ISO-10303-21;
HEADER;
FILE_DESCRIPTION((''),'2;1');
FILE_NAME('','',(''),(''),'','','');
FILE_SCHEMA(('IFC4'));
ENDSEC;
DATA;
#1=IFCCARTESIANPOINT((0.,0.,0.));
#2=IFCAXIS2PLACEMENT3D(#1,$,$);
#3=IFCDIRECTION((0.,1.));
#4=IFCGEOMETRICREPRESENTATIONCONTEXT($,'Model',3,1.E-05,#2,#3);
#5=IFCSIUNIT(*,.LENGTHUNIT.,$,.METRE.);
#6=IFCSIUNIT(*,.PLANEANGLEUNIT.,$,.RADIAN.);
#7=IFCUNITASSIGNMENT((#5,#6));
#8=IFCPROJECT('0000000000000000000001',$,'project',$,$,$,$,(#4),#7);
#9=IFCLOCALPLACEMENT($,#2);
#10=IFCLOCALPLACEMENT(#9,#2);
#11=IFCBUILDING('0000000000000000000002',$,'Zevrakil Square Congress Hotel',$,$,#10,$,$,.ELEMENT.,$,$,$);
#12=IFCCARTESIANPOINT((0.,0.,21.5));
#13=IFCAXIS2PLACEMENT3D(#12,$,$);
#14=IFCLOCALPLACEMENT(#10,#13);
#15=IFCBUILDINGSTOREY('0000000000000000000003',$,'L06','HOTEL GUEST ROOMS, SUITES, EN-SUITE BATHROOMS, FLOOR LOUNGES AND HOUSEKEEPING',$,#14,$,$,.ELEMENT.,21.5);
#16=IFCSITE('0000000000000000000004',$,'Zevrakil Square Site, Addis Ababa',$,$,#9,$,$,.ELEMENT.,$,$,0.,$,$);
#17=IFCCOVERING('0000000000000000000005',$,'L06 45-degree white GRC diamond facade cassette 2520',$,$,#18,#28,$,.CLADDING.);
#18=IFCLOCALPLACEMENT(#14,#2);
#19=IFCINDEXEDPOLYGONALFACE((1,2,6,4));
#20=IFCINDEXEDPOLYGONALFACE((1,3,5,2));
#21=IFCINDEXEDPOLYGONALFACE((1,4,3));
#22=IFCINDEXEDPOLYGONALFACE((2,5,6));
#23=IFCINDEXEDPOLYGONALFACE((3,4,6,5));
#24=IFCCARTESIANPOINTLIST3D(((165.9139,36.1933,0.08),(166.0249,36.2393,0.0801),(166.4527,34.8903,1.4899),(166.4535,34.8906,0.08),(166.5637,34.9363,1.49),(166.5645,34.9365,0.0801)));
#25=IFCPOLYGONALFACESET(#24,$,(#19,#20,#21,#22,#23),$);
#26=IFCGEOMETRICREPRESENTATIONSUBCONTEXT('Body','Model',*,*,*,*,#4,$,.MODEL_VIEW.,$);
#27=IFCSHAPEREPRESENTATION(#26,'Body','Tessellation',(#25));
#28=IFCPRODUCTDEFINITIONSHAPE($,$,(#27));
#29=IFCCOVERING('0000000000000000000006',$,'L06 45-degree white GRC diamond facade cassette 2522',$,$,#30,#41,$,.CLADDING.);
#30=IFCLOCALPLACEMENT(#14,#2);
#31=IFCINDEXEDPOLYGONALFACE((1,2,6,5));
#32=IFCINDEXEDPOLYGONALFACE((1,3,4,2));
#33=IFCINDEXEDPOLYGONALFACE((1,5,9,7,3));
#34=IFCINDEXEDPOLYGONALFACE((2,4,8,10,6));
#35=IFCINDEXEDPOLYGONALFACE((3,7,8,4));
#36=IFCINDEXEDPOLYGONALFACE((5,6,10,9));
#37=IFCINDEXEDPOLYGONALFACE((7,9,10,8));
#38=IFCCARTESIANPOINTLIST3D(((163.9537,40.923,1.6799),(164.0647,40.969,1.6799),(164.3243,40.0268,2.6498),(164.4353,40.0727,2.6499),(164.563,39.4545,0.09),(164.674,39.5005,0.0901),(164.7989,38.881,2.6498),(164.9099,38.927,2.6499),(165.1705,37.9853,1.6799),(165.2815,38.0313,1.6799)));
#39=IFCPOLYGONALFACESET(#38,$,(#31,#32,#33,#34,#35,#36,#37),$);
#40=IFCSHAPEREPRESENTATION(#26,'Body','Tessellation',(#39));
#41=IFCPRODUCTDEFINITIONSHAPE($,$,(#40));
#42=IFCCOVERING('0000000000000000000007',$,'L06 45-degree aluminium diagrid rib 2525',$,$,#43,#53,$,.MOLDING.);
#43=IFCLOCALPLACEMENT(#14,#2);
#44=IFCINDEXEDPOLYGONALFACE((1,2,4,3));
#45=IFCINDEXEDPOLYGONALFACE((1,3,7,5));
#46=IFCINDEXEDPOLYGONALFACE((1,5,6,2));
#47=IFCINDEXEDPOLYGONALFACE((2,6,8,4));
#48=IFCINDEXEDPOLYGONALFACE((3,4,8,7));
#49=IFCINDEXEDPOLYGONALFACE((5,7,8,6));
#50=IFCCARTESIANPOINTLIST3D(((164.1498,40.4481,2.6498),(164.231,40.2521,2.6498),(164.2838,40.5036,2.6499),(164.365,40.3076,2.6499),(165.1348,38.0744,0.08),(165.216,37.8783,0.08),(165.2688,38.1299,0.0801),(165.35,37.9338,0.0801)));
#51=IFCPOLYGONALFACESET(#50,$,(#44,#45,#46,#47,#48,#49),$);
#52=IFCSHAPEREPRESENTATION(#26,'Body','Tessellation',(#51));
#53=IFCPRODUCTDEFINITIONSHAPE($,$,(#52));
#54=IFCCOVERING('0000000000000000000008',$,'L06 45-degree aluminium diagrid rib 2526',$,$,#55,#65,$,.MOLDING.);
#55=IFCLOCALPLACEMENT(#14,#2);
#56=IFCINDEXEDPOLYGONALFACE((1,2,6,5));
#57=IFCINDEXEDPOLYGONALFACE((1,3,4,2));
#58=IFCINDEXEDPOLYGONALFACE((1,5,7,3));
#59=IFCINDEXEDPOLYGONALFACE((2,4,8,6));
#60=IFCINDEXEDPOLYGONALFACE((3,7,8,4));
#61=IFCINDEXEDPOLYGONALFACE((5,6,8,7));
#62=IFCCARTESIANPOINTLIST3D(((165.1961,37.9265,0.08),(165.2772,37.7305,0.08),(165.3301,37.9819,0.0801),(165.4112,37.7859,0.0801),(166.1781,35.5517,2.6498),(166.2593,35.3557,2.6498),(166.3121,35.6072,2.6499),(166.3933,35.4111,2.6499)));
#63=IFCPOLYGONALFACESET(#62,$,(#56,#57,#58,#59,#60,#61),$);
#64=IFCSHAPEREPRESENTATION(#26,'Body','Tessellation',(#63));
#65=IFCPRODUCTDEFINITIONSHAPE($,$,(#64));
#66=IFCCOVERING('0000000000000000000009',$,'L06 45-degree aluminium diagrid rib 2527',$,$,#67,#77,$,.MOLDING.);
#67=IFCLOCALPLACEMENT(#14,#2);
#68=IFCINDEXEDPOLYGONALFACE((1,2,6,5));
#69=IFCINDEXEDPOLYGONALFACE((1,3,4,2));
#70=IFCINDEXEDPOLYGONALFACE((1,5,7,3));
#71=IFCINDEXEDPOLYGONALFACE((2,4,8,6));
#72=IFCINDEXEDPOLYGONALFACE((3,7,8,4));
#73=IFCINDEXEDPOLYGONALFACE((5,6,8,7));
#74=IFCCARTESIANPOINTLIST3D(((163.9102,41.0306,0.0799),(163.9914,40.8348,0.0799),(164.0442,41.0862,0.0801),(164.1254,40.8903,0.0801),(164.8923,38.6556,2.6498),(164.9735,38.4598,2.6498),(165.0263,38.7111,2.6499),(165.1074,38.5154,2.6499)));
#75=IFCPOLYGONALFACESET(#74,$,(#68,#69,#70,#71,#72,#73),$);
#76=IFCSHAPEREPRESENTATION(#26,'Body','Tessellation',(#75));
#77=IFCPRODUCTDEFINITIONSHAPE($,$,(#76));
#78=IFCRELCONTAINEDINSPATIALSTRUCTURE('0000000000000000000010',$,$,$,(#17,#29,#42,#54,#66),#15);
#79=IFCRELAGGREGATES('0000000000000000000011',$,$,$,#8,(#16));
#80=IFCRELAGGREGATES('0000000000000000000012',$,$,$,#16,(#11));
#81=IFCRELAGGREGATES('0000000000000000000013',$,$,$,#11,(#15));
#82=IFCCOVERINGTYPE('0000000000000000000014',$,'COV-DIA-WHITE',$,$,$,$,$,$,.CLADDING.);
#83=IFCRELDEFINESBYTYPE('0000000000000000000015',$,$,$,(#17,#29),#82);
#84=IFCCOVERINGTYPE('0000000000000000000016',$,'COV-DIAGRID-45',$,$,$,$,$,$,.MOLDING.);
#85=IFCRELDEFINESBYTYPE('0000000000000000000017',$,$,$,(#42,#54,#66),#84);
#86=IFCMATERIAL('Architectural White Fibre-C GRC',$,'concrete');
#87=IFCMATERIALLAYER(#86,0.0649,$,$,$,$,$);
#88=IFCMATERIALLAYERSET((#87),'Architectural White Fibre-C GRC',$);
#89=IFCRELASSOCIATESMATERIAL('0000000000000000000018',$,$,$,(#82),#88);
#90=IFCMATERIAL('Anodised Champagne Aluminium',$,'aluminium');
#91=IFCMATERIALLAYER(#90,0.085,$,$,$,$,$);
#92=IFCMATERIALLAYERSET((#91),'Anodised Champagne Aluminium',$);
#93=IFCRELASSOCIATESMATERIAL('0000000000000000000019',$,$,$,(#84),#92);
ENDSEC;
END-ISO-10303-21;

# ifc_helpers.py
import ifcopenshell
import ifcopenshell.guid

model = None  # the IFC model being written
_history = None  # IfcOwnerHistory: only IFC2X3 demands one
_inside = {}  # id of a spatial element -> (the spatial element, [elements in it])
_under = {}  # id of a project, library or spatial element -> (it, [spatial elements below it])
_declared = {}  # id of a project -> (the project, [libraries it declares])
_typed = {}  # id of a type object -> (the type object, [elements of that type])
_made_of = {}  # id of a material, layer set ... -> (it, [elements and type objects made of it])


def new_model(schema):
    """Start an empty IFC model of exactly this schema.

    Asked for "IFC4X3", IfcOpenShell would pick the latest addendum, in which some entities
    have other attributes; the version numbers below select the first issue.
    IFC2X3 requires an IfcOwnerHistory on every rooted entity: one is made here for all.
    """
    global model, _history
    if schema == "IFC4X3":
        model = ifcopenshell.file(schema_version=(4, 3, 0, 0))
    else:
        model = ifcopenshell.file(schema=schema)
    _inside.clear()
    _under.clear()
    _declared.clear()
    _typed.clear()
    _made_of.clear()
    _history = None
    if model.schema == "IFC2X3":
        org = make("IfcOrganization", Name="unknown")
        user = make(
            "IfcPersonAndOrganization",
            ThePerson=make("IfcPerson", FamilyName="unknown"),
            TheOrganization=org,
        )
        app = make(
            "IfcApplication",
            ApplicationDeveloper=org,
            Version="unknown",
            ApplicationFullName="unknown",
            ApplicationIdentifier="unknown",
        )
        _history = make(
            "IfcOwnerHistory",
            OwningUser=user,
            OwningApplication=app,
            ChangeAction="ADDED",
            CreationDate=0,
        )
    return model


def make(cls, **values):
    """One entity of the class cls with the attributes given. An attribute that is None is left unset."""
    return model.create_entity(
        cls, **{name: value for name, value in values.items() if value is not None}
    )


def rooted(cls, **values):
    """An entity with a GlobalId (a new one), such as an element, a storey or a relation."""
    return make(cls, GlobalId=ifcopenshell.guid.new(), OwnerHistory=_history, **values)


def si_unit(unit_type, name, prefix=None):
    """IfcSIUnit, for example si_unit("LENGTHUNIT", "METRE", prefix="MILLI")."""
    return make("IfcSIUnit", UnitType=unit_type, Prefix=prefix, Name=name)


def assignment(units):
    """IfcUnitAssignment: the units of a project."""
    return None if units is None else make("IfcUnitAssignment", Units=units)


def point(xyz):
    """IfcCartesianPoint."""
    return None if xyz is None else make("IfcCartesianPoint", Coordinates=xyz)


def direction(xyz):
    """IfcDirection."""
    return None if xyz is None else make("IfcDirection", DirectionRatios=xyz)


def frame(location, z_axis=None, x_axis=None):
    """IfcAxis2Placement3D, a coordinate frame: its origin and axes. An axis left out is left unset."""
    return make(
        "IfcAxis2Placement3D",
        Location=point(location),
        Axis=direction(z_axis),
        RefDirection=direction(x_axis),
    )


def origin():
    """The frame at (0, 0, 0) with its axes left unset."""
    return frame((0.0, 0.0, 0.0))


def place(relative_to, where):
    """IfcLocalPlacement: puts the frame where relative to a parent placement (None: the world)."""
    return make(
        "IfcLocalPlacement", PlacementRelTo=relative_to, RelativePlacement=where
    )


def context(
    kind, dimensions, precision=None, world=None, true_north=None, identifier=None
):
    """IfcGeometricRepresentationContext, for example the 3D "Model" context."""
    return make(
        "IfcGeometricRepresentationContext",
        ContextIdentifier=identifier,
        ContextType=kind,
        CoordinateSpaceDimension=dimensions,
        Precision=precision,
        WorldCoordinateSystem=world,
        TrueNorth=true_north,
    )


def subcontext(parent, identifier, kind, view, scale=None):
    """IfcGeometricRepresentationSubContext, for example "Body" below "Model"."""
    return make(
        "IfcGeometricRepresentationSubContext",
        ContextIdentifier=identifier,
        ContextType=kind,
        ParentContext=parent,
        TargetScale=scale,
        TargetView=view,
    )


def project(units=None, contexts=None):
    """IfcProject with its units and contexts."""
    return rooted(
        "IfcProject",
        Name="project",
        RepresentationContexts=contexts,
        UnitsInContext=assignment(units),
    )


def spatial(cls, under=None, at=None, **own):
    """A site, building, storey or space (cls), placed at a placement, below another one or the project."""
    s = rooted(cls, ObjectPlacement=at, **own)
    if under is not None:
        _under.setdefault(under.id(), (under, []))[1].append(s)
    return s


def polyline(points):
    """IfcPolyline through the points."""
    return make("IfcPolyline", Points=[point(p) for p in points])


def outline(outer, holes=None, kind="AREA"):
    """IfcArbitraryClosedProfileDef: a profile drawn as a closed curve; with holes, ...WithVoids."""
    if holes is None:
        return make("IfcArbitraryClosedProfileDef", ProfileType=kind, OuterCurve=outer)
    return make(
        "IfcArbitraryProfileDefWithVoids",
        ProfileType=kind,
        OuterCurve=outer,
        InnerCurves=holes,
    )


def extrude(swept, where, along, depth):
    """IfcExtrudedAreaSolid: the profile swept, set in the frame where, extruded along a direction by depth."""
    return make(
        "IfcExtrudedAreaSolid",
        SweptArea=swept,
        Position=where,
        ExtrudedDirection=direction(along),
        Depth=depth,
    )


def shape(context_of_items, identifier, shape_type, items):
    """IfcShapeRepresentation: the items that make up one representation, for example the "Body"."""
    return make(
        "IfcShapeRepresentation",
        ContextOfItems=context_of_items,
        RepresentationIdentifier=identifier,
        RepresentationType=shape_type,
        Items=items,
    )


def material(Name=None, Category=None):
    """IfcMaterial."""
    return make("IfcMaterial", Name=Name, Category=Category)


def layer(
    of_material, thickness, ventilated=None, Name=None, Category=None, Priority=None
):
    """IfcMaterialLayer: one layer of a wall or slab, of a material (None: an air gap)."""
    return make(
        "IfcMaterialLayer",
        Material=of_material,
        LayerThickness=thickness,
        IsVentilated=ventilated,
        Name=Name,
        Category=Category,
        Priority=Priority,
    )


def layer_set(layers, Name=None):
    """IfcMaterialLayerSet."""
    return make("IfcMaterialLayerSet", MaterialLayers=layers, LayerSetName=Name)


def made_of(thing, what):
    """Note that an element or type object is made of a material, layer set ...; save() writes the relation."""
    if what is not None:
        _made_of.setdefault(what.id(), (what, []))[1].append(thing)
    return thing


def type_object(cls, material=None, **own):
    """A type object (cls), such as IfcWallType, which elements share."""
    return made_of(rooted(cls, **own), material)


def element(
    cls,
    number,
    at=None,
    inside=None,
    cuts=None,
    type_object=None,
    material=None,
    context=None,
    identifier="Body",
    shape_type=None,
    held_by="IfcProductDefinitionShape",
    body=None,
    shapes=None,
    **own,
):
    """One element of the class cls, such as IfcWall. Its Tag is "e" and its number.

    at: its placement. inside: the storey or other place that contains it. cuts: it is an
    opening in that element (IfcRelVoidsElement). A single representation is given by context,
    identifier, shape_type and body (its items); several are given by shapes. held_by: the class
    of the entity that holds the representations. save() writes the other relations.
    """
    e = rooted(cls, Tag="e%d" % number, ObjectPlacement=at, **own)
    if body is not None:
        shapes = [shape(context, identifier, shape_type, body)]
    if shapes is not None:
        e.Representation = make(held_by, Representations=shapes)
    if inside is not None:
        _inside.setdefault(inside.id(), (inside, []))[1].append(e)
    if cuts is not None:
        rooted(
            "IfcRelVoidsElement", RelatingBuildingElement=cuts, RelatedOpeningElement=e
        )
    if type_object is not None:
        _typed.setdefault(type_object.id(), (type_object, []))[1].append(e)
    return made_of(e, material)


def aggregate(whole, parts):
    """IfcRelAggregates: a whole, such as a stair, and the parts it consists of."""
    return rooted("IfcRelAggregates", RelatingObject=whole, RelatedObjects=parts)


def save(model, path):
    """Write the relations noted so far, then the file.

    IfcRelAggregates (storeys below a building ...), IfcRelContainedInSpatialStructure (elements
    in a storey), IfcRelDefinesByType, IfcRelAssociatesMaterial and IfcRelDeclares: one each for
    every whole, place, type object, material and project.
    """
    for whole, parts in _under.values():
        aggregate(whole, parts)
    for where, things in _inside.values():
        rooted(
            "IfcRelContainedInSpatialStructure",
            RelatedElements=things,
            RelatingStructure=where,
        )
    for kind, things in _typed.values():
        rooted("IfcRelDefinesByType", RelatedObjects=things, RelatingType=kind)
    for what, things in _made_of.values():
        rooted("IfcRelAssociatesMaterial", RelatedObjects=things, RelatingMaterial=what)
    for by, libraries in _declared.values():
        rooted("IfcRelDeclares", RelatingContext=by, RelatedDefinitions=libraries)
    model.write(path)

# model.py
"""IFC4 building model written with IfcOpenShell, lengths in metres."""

from ifc_helpers import new_model, si_unit, direction, frame, origin, place, context, subcontext, project, spatial, polyline, outline, extrude, material, layer, layer_set, type_object, element, save


model = new_model("IFC4")

# Units and contexts
model_context = context("Model", 3, precision=1e-05, world=origin(), true_north=direction((0.0, 1.0)))
body_context = subcontext(model_context, "Body", "Model", "MODEL_VIEW")
ifc_project = project(units=[si_unit("LENGTHUNIT", "METRE"), si_unit("PLANEANGLEUNIT", "RADIAN")], contexts=[model_context])

# Site, building, storey
site_placement = place(None, origin())
site = spatial("IfcSite", under=ifc_project, at=site_placement, Name="Zevrakil Square Site, Addis Ababa", CompositionType="ELEMENT", RefElevation=0.0)
building_placement = place(site_placement, origin())
building = spatial("IfcBuilding", under=site, at=building_placement, Name="Zevrakil Square Congress Hotel", CompositionType="ELEMENT")
storey_placement = place(building_placement, frame((0.0, 0.0, 21.5)))
storey = spatial("IfcBuildingStorey", under=building, at=storey_placement, Name="L06", Description="HOTEL GUEST ROOMS, SUITES, EN-SUITE BATHROOMS, FLOOR LOUNGES AND HOUSEKEEPING", CompositionType="ELEMENT", Elevation=21.5)

# Coverings
ifc_material_1 = material(Name="Architectural White Fibre-C GRC", Category="concrete")
ifc_layer_1 = layer(ifc_material_1, 0.0649)
ifc_layer_set_1 = layer_set([ifc_layer_1], Name="Architectural White Fibre-C GRC")
covering_type_1 = type_object("IfcCoveringType", Name="COV-DIA-WHITE", PredefinedType="CLADDING", material=ifc_layer_set_1)
covering_1_placement = place(storey_placement, frame((166.0249, 36.2393, 0.0801), z_axis=(0.923894, 0.382647, 0.000546), x_axis=(0.382647, -0.923894, 0.0)))
element("IfcCovering", 1, at=covering_1_placement, inside=storey, type_object=covering_type_1, Name="L06 45-degree white GRC diamond facade cassette 2520", PredefinedType="CLADDING", context=body_context, shape_type="SweptSolid", body=[
    extrude(outline(polyline([(0.0, 0.0), (1.41, 0.0), (1.41, -1.4099), (0.0, 0.0)])), origin(), (0.0, 0.0, -1.0), 0.1201),
])
covering_2_placement = place(storey_placement, frame((164.0647, 40.969, 1.6799), z_axis=(0.923884, 0.382672, 0.000612), x_axis=(0.270997, -0.653135, -0.70709)))
element("IfcCovering", 2, at=covering_2_placement, inside=storey, type_object=covering_type_1, Name="L06 45-degree white GRC diamond facade cassette 2522", PredefinedType="CLADDING", context=body_context, shape_type="SweptSolid", body=[
    extrude(outline(polyline([(0.0, 0.0), (2.2484, 0.0), (2.2485, -2.2484), (0.8769, -2.2486), (-0.0001, -1.3717), (0.0, 0.0)])), origin(), (0.0, 0.0, -1.0), 0.1201),
])
ifc_material_2 = material(Name="Anodised Champagne Aluminium", Category="aluminium")
ifc_layer_2 = layer(ifc_material_2, 0.085)
ifc_layer_set_2 = layer_set([ifc_layer_2], Name="Anodised Champagne Aluminium")
covering_type_2 = type_object("IfcCoveringType", Name="COV-DIAGRID-45", PredefinedType="MOLDING", material=ifc_layer_set_2)
covering_3_placement = place(storey_placement, frame((165.2688, 38.1299, 0.0801), z_axis=(0.923925, 0.382572, 0.000744), x_axis=(0.382572, -0.923926, 0.0)))
element("IfcCovering", 3, at=covering_3_placement, inside=storey, type_object=covering_type_2, Name="L06 45-degree aluminium diagrid rib 2525", PredefinedType="MOLDING", context=body_context, shape_type="SweptSolid", body=[
    extrude(outline(polyline([(0.0, 0.0), (0.2122, 0.0), (-2.3578, -2.5698), (-2.57, -2.5698), (0.0, 0.0)])), origin(), (0.0, 0.0, -1.0), 0.145),
])
covering_4_placement = place(storey_placement, frame((166.3933, 35.4111, 2.6499), z_axis=(0.923926, 0.382572, 0.000455), x_axis=(-0.382572, 0.923926, 0.0)))
element("IfcCovering", 4, at=covering_4_placement, inside=storey, type_object=covering_type_2, Name="L06 45-degree aluminium diagrid rib 2526", PredefinedType="MOLDING", context=body_context, shape_type="SweptSolid", body=[
    extrude(outline(polyline([(0.0, 0.0), (0.2122, 0.0), (2.782, -2.5698), (2.5699, -2.5698), (0.0, 0.0)])), origin(), (0.0, 0.0, -1.0), 0.145),
])
covering_5_placement = place(storey_placement, frame((165.1074, 38.5154, 2.6499), z_axis=(0.923757, 0.382979, 0.000932), x_axis=(-0.382979, 0.923757, 0.0)))
element("IfcCovering", 5, at=covering_5_placement, inside=storey, type_object=covering_type_2, Name="L06 45-degree aluminium diagrid rib 2527", PredefinedType="MOLDING", context=body_context, shape_type="SweptSolid", body=[
    extrude(outline(polyline([(0.0, 0.0), (0.2119, 0.0), (2.782, -2.5698), (2.57, -2.5698), (0.0, 0.0)])), origin(), (0.0, 0.0, -1.0), 0.145),
])

save(model, "model.ifc")
